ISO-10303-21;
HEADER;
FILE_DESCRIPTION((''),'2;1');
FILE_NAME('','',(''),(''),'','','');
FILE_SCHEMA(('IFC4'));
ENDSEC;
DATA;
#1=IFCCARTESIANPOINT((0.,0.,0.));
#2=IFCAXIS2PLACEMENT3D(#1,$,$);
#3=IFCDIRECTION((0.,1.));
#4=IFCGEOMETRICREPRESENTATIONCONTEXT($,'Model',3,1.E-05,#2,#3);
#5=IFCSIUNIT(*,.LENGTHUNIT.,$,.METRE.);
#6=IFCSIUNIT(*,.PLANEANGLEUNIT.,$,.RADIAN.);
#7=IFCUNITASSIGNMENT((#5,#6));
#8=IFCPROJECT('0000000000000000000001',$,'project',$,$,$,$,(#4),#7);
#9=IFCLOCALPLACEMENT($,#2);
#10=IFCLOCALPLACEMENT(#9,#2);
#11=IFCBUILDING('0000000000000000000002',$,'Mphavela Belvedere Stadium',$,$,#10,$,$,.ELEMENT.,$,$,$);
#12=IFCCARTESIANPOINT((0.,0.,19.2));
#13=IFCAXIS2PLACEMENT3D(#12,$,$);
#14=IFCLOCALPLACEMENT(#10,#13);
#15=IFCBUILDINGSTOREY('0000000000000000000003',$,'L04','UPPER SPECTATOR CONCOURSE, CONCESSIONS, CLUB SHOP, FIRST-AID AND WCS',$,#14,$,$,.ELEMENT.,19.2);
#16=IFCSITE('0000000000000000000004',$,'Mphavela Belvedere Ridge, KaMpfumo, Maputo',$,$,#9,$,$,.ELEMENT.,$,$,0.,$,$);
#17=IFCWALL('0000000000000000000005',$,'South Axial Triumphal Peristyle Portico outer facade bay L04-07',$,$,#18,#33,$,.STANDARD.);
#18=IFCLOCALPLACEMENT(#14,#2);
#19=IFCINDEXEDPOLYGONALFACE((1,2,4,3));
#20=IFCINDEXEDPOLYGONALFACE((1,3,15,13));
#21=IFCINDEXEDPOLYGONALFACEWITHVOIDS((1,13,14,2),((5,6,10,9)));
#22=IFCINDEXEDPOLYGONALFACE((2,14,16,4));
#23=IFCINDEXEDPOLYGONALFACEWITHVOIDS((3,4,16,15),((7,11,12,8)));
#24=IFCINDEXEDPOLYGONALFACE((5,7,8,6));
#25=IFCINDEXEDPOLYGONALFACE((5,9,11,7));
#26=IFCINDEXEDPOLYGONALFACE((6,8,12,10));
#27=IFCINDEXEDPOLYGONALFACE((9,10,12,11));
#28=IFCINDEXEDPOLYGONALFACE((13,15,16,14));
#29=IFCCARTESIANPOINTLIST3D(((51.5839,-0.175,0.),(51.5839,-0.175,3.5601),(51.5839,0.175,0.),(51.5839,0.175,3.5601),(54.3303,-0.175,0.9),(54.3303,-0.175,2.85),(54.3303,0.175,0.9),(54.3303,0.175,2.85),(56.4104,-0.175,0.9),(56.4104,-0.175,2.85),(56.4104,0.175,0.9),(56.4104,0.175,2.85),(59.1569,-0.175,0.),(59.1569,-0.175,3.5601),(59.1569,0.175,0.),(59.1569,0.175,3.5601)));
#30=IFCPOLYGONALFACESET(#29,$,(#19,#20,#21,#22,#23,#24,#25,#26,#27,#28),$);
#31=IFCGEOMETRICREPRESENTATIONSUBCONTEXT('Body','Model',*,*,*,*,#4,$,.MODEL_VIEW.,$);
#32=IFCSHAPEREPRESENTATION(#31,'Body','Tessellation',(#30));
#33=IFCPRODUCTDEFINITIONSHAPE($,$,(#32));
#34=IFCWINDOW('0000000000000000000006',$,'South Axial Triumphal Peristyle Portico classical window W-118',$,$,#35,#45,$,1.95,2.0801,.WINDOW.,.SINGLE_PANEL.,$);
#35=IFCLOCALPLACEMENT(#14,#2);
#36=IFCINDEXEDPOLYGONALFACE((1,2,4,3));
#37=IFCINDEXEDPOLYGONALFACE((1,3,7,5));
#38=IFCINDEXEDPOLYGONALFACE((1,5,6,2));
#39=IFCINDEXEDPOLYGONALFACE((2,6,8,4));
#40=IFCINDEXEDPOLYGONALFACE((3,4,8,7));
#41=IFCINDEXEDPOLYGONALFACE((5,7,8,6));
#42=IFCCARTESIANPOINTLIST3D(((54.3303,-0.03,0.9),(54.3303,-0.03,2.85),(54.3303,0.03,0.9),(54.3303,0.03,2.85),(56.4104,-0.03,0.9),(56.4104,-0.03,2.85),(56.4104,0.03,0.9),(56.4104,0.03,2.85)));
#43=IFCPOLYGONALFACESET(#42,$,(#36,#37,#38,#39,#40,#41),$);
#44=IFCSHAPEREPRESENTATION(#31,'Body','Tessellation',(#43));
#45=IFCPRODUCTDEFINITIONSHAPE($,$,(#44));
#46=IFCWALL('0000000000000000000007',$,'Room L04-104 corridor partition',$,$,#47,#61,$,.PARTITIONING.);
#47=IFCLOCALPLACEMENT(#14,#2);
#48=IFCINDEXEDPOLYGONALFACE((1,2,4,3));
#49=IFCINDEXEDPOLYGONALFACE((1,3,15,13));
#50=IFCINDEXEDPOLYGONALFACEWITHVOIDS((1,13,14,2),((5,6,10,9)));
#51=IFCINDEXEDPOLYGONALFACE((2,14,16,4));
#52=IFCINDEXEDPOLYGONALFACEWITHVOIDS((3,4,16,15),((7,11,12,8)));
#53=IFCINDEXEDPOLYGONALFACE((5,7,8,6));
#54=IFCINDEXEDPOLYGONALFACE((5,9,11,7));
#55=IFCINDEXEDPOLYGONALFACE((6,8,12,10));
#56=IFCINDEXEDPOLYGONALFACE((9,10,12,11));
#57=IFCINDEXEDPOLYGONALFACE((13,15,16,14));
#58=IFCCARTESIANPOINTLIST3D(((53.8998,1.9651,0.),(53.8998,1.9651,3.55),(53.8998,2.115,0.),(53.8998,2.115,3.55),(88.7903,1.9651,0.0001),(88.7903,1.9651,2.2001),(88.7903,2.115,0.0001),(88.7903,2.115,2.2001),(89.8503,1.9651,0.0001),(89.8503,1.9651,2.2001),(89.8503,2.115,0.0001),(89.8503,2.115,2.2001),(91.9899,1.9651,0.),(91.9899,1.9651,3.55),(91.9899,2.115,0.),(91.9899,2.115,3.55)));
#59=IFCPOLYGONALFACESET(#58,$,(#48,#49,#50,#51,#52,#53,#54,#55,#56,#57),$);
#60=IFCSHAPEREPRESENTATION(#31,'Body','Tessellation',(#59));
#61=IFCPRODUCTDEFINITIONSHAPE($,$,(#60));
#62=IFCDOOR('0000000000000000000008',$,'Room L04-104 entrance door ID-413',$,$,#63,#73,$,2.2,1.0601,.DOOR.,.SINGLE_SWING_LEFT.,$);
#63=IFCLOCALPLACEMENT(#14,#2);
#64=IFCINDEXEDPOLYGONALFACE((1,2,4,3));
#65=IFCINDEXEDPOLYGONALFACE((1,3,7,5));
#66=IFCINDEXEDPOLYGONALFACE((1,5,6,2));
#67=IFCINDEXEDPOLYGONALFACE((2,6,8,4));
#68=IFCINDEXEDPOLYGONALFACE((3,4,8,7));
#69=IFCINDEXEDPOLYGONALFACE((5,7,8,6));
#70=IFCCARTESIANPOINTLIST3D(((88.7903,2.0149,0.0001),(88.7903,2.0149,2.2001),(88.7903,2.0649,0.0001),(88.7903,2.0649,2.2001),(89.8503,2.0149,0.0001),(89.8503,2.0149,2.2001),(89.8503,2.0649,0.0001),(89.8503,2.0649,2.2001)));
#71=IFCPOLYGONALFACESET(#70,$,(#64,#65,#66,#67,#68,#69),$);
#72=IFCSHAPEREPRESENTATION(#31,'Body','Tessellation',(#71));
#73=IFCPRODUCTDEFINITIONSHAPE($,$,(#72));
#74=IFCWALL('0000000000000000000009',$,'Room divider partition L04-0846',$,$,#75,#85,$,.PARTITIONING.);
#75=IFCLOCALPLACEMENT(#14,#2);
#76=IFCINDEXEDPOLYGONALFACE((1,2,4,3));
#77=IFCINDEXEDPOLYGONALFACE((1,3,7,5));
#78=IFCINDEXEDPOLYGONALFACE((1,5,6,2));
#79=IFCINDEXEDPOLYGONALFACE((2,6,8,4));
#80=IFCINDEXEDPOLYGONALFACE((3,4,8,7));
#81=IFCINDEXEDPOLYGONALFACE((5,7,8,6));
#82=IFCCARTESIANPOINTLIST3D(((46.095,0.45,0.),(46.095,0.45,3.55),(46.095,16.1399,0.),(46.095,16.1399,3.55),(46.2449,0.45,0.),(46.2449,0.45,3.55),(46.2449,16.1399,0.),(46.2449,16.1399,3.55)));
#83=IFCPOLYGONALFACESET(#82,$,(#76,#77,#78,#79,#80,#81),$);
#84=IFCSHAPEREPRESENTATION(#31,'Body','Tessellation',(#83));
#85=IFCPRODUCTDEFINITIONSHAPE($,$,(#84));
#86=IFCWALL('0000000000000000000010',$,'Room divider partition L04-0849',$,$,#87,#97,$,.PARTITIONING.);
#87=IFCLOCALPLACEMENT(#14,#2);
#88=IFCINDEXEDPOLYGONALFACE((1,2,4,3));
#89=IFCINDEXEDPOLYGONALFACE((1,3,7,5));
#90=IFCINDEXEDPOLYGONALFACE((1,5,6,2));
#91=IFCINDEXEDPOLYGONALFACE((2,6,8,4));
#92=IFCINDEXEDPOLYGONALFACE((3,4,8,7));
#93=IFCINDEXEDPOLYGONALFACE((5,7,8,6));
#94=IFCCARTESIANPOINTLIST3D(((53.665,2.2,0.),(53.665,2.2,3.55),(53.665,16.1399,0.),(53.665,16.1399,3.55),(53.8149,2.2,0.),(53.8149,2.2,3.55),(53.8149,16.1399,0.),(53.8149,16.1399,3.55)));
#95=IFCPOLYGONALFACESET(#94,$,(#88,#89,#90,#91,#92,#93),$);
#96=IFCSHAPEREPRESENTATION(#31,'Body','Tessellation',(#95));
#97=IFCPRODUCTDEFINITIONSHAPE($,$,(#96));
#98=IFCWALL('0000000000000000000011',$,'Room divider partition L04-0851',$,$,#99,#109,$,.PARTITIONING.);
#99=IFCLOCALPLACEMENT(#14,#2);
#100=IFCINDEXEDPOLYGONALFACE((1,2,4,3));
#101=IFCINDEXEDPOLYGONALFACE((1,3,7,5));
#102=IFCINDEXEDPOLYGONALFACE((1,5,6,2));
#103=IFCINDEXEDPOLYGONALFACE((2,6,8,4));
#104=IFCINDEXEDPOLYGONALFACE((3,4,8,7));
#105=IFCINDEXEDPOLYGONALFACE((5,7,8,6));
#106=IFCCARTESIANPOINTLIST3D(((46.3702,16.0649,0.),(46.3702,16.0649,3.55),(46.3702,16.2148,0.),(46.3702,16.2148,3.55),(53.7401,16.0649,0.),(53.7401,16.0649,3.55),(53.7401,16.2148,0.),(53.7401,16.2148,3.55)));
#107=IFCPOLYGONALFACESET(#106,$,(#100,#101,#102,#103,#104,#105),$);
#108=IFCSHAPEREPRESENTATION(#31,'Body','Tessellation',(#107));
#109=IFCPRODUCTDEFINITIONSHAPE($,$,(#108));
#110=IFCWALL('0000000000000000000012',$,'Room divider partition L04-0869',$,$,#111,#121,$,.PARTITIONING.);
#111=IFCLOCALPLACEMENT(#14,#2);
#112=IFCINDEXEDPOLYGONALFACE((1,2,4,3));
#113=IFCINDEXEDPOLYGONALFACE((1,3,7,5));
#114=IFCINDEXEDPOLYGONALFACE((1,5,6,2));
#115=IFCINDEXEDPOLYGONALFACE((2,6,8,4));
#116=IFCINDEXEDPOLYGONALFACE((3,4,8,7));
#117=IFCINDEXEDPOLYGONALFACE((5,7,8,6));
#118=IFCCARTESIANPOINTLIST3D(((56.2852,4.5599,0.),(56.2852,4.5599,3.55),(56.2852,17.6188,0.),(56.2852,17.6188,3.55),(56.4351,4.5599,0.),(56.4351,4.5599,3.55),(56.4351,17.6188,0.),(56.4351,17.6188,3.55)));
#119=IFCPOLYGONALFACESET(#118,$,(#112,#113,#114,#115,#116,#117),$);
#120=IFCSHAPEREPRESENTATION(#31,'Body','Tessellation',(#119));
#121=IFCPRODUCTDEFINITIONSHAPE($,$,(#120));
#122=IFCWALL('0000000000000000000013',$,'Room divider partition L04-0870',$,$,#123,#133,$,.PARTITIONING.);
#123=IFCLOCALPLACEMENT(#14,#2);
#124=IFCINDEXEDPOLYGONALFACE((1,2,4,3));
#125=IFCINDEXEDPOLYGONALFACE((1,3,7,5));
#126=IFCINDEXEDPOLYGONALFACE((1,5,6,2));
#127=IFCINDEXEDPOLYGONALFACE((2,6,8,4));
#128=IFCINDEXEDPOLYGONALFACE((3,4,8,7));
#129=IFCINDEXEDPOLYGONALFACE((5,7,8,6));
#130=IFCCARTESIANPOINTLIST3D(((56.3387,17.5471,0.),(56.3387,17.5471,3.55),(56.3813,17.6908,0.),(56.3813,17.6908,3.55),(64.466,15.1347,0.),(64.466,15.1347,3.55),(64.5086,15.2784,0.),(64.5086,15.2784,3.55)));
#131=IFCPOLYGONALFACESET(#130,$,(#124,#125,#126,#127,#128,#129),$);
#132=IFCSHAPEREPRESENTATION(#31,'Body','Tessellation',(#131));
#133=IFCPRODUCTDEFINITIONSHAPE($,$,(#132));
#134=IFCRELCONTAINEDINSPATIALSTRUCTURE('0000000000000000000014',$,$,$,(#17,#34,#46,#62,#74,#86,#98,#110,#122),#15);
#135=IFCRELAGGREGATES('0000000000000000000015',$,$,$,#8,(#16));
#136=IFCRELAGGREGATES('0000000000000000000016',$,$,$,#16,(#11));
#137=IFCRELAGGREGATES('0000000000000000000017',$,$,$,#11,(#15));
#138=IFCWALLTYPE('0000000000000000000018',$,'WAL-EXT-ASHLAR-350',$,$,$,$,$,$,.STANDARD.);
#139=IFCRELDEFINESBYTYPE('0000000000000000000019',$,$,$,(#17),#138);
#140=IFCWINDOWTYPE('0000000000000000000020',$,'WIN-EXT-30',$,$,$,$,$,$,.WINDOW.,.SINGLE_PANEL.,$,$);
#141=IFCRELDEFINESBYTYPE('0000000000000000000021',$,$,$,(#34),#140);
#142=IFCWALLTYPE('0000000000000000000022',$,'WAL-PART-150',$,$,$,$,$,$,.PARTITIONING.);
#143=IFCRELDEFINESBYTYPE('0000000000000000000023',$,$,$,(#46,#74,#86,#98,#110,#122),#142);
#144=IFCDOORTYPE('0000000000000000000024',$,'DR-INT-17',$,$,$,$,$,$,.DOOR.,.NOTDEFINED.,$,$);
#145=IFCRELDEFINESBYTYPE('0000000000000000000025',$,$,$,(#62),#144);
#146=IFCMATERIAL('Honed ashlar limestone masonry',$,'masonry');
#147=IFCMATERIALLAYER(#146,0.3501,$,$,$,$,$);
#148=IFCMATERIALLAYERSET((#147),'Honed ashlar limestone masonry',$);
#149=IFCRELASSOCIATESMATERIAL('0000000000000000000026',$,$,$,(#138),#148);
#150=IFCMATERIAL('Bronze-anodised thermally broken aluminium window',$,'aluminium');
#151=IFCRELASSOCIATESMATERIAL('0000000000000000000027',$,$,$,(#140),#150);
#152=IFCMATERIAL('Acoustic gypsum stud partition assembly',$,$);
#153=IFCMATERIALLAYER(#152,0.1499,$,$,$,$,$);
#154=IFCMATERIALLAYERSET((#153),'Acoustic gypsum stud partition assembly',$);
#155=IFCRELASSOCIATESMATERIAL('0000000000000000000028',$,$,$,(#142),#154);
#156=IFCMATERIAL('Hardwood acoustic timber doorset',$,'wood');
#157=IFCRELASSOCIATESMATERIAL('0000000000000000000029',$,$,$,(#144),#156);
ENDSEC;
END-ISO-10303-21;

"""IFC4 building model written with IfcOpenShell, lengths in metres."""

from ifc_helpers import new_model, si_unit, direction, frame, frame_2d, origin, place, context, subcontext, project, spatial, rectangle, extrude, material, layer, layer_set, type_object, element, fill, save


model = new_model("IFC4")

# Units and contexts
model_context = context("Model", 3, precision=1e-05, world=origin(), true_north=direction((0.0, 1.0)))
body_context = subcontext(model_context, "Body", "Model", "MODEL_VIEW")
ifc_project = project(units=[si_unit("LENGTHUNIT", "METRE"), si_unit("PLANEANGLEUNIT", "RADIAN")], contexts=[model_context])

# Site, building, storey
site_placement = place(None, origin())
site = spatial("IfcSite", under=ifc_project, at=site_placement, Name="Mphavela Belvedere Ridge, KaMpfumo, Maputo", CompositionType="ELEMENT", RefElevation=0.0)
building_placement = place(site_placement, origin())
building = spatial("IfcBuilding", under=site, at=building_placement, Name="Mphavela Belvedere Stadium", CompositionType="ELEMENT")
storey_placement = place(building_placement, frame((0.0, 0.0, 19.2)))
storey = spatial("IfcBuildingStorey", under=building, at=storey_placement, Name="L04", Description="UPPER SPECTATOR CONCOURSE, CONCESSIONS, CLUB SHOP, FIRST-AID AND WCS", CompositionType="ELEMENT", Elevation=19.2)

# Wall, opening, window
ifc_material_1 = material(Name="Honed ashlar limestone masonry", Category="masonry")
ifc_layer_1 = layer(ifc_material_1, 0.3501)
ifc_layer_set_1 = layer_set([ifc_layer_1], Name="Honed ashlar limestone masonry")
wall_type_1 = type_object("IfcWallType", Name="WAL-EXT-ASHLAR-350", PredefinedType="STANDARD", material=ifc_layer_set_1)
wall_1_placement = place(storey_placement, frame((59.157, 0.0, 0.0), z_axis=(0.0, 0.0, 1.0), x_axis=(-1.0, 0.0, 0.0)))
wall_1 = element("IfcWall", 1, at=wall_1_placement, inside=storey, type_object=wall_type_1, Name="South Axial Triumphal Peristyle Portico outer facade bay L04-07", PredefinedType="STANDARD", context=body_context, shape_type="SweptSolid", body=[
    extrude(rectangle(XDim=7.573, YDim=0.3501, at=frame_2d((3.7866, 0.0))), origin(), (0.0, 0.0, 1.0), 3.5601),
])
opening_1_placement = place(wall_1_placement, frame((2.7466, 0.0, 0.8999)))
opening_1 = element("IfcOpeningElement", 2, at=opening_1_placement, cuts=wall_1, PredefinedType="OPENING", context=body_context, shape_type="SweptSolid", body=[
    extrude(rectangle(XDim=2.0801, YDim=1.95, at=frame_2d((1.04, 0.9751))), frame((0.0, 0.1851, 0.0), z_axis=(0.0, -1.0, 0.0), x_axis=(1.0, 0.0, 0.0)), (0.0, 0.0, 1.0), 0.3701),
])
ifc_material_2 = material(Name="Bronze-anodised thermally broken aluminium window", Category="aluminium")
window_type_1 = type_object("IfcWindowType", Name="WIN-EXT-30", PartitioningType="SINGLE_PANEL", PredefinedType="WINDOW", material=ifc_material_2)
window_1_placement = place(opening_1_placement, origin())
window_1 = element("IfcWindow", 3, at=window_1_placement, inside=storey, type_object=window_type_1, Name="South Axial Triumphal Peristyle Portico classical window W-118", OverallHeight=1.95, OverallWidth=2.0801, PartitioningType="SINGLE_PANEL", PredefinedType="WINDOW", context=body_context, shape_type="SweptSolid", body=[
    extrude(rectangle(XDim=2.0801, YDim=1.95, at=frame_2d((1.04, 0.9751))), frame((0.0, 0.03, 0.0), z_axis=(0.0, -1.0, 0.0), x_axis=(1.0, 0.0, 0.0)), (0.0, 0.0, 1.0), 0.0601),
])
fill(opening_1, window_1)

# Wall, opening, door
ifc_material_3 = material(Name="Acoustic gypsum stud partition assembly")
ifc_layer_2 = layer(ifc_material_3, 0.1499)
ifc_layer_set_2 = layer_set([ifc_layer_2], Name="Acoustic gypsum stud partition assembly")
wall_type_2 = type_object("IfcWallType", Name="WAL-PART-150", PredefinedType="PARTITIONING", material=ifc_layer_set_2)
wall_2_placement = place(storey_placement, frame((53.8999, 2.04, 0.0), z_axis=(0.0, 0.0, 1.0), x_axis=(1.0, 0.0, 0.0)))
wall_2 = element("IfcWall", 4, at=wall_2_placement, inside=storey, type_object=wall_type_2, Name="Room L04-104 corridor partition", PredefinedType="PARTITIONING", context=body_context, shape_type="SweptSolid", body=[
    extrude(rectangle(XDim=38.0901, YDim=0.1499, at=frame_2d((19.0449, 0.0))), origin(), (0.0, 0.0, 1.0), 3.55),
])
opening_2_placement = place(wall_2_placement, frame((34.8904, 0.0, 0.0)))
opening_2 = element("IfcOpeningElement", 5, at=opening_2_placement, cuts=wall_2, PredefinedType="OPENING", context=body_context, shape_type="SweptSolid", body=[
    extrude(rectangle(XDim=1.0601, YDim=2.2, at=frame_2d((0.53, 1.1001))), frame((0.0, 0.085, 0.0), z_axis=(0.0, -1.0, 0.0), x_axis=(1.0, 0.0, 0.0)), (0.0, 0.0, 1.0), 0.1699),
])
ifc_material_4 = material(Name="Hardwood acoustic timber doorset", Category="wood")
door_type = type_object("IfcDoorType", Name="DR-INT-17", OperationType="NOTDEFINED", PredefinedType="DOOR", material=ifc_material_4)
door_placement = place(opening_2_placement, origin())
door = element("IfcDoor", 6, at=door_placement, inside=storey, type_object=door_type, Name="Room L04-104 entrance door ID-413", OperationType="SINGLE_SWING_LEFT", OverallHeight=2.2, OverallWidth=1.0601, PredefinedType="DOOR", context=body_context, shape_type="SweptSolid", body=[
    extrude(rectangle(XDim=1.0601, YDim=2.2, at=frame_2d((0.53, 1.1001))), frame((0.0, 0.0249, 0.0), z_axis=(0.0, -1.0, 0.0), x_axis=(1.0, 0.0, 0.0)), (0.0, 0.0, 1.0), 0.05),
])
fill(opening_2, door)

# Walls
wall_3_placement = place(storey_placement, frame((46.1699, 16.1399, 0.0), z_axis=(0.0, 0.0, 1.0), x_axis=(0.0, -1.0, 0.0)))
element("IfcWall", 7, at=wall_3_placement, inside=storey, type_object=wall_type_2, Name="Room divider partition L04-0846", PredefinedType="PARTITIONING", context=body_context, shape_type="SweptSolid", body=[
    extrude(rectangle(XDim=15.6899, YDim=0.1499, at=frame_2d((7.845, 0.0))), origin(), (0.0, 0.0, 1.0), 3.55),
])
wall_4_placement = place(storey_placement, frame((53.74, 16.1399, 0.0), z_axis=(0.0, 0.0, 1.0), x_axis=(0.0, -1.0, 0.0)))
element("IfcWall", 8, at=wall_4_placement, inside=storey, type_object=wall_type_2, Name="Room divider partition L04-0849", PredefinedType="PARTITIONING", context=body_context, shape_type="SweptSolid", body=[
    extrude(rectangle(XDim=13.9399, YDim=0.1499, at=frame_2d((6.97, 0.0))), origin(), (0.0, 0.0, 1.0), 3.55),
])
wall_5_placement = place(storey_placement, frame((46.3701, 16.1399, 0.0), z_axis=(0.0, 0.0, 1.0), x_axis=(1.0, 0.0, 0.0)))
element("IfcWall", 9, at=wall_5_placement, inside=storey, type_object=wall_type_2, Name="Room divider partition L04-0851", PredefinedType="PARTITIONING", context=body_context, shape_type="SweptSolid", body=[
    extrude(rectangle(XDim=7.3699, YDim=0.1499, at=frame_2d((3.6851, 0.0))), origin(), (0.0, 0.0, 1.0), 3.55),
])
wall_6_placement = place(storey_placement, frame((56.3601, 4.5601, 0.0), z_axis=(0.0, 0.0, 1.0), x_axis=(0.0, 1.0, 0.0)))
element("IfcWall", 10, at=wall_6_placement, inside=storey, type_object=wall_type_2, Name="Room divider partition L04-0869", PredefinedType="PARTITIONING", context=body_context, shape_type="SweptSolid", body=[
    extrude(rectangle(XDim=13.0588, YDim=0.1499, at=frame_2d((6.5293, 0.0))), origin(), (0.0, 0.0, 1.0), 3.55),
])
wall_7_placement = place(storey_placement, frame((56.3601, 17.6189, 0.0), z_axis=(0.0, 0.0, 1.0), x_axis=(0.95866, -0.284554, 0.0)))
element("IfcWall", 11, at=wall_7_placement, inside=storey, type_object=wall_type_2, Name="Room divider partition L04-0870", PredefinedType="PARTITIONING", context=body_context, shape_type="SweptSolid", body=[
    extrude(rectangle(XDim=8.4778, YDim=0.1499, at=frame_2d((4.2388, 0.0))), origin(), (0.0, 0.0, 1.0), 3.55),
])

save(model, "model.ifc")
